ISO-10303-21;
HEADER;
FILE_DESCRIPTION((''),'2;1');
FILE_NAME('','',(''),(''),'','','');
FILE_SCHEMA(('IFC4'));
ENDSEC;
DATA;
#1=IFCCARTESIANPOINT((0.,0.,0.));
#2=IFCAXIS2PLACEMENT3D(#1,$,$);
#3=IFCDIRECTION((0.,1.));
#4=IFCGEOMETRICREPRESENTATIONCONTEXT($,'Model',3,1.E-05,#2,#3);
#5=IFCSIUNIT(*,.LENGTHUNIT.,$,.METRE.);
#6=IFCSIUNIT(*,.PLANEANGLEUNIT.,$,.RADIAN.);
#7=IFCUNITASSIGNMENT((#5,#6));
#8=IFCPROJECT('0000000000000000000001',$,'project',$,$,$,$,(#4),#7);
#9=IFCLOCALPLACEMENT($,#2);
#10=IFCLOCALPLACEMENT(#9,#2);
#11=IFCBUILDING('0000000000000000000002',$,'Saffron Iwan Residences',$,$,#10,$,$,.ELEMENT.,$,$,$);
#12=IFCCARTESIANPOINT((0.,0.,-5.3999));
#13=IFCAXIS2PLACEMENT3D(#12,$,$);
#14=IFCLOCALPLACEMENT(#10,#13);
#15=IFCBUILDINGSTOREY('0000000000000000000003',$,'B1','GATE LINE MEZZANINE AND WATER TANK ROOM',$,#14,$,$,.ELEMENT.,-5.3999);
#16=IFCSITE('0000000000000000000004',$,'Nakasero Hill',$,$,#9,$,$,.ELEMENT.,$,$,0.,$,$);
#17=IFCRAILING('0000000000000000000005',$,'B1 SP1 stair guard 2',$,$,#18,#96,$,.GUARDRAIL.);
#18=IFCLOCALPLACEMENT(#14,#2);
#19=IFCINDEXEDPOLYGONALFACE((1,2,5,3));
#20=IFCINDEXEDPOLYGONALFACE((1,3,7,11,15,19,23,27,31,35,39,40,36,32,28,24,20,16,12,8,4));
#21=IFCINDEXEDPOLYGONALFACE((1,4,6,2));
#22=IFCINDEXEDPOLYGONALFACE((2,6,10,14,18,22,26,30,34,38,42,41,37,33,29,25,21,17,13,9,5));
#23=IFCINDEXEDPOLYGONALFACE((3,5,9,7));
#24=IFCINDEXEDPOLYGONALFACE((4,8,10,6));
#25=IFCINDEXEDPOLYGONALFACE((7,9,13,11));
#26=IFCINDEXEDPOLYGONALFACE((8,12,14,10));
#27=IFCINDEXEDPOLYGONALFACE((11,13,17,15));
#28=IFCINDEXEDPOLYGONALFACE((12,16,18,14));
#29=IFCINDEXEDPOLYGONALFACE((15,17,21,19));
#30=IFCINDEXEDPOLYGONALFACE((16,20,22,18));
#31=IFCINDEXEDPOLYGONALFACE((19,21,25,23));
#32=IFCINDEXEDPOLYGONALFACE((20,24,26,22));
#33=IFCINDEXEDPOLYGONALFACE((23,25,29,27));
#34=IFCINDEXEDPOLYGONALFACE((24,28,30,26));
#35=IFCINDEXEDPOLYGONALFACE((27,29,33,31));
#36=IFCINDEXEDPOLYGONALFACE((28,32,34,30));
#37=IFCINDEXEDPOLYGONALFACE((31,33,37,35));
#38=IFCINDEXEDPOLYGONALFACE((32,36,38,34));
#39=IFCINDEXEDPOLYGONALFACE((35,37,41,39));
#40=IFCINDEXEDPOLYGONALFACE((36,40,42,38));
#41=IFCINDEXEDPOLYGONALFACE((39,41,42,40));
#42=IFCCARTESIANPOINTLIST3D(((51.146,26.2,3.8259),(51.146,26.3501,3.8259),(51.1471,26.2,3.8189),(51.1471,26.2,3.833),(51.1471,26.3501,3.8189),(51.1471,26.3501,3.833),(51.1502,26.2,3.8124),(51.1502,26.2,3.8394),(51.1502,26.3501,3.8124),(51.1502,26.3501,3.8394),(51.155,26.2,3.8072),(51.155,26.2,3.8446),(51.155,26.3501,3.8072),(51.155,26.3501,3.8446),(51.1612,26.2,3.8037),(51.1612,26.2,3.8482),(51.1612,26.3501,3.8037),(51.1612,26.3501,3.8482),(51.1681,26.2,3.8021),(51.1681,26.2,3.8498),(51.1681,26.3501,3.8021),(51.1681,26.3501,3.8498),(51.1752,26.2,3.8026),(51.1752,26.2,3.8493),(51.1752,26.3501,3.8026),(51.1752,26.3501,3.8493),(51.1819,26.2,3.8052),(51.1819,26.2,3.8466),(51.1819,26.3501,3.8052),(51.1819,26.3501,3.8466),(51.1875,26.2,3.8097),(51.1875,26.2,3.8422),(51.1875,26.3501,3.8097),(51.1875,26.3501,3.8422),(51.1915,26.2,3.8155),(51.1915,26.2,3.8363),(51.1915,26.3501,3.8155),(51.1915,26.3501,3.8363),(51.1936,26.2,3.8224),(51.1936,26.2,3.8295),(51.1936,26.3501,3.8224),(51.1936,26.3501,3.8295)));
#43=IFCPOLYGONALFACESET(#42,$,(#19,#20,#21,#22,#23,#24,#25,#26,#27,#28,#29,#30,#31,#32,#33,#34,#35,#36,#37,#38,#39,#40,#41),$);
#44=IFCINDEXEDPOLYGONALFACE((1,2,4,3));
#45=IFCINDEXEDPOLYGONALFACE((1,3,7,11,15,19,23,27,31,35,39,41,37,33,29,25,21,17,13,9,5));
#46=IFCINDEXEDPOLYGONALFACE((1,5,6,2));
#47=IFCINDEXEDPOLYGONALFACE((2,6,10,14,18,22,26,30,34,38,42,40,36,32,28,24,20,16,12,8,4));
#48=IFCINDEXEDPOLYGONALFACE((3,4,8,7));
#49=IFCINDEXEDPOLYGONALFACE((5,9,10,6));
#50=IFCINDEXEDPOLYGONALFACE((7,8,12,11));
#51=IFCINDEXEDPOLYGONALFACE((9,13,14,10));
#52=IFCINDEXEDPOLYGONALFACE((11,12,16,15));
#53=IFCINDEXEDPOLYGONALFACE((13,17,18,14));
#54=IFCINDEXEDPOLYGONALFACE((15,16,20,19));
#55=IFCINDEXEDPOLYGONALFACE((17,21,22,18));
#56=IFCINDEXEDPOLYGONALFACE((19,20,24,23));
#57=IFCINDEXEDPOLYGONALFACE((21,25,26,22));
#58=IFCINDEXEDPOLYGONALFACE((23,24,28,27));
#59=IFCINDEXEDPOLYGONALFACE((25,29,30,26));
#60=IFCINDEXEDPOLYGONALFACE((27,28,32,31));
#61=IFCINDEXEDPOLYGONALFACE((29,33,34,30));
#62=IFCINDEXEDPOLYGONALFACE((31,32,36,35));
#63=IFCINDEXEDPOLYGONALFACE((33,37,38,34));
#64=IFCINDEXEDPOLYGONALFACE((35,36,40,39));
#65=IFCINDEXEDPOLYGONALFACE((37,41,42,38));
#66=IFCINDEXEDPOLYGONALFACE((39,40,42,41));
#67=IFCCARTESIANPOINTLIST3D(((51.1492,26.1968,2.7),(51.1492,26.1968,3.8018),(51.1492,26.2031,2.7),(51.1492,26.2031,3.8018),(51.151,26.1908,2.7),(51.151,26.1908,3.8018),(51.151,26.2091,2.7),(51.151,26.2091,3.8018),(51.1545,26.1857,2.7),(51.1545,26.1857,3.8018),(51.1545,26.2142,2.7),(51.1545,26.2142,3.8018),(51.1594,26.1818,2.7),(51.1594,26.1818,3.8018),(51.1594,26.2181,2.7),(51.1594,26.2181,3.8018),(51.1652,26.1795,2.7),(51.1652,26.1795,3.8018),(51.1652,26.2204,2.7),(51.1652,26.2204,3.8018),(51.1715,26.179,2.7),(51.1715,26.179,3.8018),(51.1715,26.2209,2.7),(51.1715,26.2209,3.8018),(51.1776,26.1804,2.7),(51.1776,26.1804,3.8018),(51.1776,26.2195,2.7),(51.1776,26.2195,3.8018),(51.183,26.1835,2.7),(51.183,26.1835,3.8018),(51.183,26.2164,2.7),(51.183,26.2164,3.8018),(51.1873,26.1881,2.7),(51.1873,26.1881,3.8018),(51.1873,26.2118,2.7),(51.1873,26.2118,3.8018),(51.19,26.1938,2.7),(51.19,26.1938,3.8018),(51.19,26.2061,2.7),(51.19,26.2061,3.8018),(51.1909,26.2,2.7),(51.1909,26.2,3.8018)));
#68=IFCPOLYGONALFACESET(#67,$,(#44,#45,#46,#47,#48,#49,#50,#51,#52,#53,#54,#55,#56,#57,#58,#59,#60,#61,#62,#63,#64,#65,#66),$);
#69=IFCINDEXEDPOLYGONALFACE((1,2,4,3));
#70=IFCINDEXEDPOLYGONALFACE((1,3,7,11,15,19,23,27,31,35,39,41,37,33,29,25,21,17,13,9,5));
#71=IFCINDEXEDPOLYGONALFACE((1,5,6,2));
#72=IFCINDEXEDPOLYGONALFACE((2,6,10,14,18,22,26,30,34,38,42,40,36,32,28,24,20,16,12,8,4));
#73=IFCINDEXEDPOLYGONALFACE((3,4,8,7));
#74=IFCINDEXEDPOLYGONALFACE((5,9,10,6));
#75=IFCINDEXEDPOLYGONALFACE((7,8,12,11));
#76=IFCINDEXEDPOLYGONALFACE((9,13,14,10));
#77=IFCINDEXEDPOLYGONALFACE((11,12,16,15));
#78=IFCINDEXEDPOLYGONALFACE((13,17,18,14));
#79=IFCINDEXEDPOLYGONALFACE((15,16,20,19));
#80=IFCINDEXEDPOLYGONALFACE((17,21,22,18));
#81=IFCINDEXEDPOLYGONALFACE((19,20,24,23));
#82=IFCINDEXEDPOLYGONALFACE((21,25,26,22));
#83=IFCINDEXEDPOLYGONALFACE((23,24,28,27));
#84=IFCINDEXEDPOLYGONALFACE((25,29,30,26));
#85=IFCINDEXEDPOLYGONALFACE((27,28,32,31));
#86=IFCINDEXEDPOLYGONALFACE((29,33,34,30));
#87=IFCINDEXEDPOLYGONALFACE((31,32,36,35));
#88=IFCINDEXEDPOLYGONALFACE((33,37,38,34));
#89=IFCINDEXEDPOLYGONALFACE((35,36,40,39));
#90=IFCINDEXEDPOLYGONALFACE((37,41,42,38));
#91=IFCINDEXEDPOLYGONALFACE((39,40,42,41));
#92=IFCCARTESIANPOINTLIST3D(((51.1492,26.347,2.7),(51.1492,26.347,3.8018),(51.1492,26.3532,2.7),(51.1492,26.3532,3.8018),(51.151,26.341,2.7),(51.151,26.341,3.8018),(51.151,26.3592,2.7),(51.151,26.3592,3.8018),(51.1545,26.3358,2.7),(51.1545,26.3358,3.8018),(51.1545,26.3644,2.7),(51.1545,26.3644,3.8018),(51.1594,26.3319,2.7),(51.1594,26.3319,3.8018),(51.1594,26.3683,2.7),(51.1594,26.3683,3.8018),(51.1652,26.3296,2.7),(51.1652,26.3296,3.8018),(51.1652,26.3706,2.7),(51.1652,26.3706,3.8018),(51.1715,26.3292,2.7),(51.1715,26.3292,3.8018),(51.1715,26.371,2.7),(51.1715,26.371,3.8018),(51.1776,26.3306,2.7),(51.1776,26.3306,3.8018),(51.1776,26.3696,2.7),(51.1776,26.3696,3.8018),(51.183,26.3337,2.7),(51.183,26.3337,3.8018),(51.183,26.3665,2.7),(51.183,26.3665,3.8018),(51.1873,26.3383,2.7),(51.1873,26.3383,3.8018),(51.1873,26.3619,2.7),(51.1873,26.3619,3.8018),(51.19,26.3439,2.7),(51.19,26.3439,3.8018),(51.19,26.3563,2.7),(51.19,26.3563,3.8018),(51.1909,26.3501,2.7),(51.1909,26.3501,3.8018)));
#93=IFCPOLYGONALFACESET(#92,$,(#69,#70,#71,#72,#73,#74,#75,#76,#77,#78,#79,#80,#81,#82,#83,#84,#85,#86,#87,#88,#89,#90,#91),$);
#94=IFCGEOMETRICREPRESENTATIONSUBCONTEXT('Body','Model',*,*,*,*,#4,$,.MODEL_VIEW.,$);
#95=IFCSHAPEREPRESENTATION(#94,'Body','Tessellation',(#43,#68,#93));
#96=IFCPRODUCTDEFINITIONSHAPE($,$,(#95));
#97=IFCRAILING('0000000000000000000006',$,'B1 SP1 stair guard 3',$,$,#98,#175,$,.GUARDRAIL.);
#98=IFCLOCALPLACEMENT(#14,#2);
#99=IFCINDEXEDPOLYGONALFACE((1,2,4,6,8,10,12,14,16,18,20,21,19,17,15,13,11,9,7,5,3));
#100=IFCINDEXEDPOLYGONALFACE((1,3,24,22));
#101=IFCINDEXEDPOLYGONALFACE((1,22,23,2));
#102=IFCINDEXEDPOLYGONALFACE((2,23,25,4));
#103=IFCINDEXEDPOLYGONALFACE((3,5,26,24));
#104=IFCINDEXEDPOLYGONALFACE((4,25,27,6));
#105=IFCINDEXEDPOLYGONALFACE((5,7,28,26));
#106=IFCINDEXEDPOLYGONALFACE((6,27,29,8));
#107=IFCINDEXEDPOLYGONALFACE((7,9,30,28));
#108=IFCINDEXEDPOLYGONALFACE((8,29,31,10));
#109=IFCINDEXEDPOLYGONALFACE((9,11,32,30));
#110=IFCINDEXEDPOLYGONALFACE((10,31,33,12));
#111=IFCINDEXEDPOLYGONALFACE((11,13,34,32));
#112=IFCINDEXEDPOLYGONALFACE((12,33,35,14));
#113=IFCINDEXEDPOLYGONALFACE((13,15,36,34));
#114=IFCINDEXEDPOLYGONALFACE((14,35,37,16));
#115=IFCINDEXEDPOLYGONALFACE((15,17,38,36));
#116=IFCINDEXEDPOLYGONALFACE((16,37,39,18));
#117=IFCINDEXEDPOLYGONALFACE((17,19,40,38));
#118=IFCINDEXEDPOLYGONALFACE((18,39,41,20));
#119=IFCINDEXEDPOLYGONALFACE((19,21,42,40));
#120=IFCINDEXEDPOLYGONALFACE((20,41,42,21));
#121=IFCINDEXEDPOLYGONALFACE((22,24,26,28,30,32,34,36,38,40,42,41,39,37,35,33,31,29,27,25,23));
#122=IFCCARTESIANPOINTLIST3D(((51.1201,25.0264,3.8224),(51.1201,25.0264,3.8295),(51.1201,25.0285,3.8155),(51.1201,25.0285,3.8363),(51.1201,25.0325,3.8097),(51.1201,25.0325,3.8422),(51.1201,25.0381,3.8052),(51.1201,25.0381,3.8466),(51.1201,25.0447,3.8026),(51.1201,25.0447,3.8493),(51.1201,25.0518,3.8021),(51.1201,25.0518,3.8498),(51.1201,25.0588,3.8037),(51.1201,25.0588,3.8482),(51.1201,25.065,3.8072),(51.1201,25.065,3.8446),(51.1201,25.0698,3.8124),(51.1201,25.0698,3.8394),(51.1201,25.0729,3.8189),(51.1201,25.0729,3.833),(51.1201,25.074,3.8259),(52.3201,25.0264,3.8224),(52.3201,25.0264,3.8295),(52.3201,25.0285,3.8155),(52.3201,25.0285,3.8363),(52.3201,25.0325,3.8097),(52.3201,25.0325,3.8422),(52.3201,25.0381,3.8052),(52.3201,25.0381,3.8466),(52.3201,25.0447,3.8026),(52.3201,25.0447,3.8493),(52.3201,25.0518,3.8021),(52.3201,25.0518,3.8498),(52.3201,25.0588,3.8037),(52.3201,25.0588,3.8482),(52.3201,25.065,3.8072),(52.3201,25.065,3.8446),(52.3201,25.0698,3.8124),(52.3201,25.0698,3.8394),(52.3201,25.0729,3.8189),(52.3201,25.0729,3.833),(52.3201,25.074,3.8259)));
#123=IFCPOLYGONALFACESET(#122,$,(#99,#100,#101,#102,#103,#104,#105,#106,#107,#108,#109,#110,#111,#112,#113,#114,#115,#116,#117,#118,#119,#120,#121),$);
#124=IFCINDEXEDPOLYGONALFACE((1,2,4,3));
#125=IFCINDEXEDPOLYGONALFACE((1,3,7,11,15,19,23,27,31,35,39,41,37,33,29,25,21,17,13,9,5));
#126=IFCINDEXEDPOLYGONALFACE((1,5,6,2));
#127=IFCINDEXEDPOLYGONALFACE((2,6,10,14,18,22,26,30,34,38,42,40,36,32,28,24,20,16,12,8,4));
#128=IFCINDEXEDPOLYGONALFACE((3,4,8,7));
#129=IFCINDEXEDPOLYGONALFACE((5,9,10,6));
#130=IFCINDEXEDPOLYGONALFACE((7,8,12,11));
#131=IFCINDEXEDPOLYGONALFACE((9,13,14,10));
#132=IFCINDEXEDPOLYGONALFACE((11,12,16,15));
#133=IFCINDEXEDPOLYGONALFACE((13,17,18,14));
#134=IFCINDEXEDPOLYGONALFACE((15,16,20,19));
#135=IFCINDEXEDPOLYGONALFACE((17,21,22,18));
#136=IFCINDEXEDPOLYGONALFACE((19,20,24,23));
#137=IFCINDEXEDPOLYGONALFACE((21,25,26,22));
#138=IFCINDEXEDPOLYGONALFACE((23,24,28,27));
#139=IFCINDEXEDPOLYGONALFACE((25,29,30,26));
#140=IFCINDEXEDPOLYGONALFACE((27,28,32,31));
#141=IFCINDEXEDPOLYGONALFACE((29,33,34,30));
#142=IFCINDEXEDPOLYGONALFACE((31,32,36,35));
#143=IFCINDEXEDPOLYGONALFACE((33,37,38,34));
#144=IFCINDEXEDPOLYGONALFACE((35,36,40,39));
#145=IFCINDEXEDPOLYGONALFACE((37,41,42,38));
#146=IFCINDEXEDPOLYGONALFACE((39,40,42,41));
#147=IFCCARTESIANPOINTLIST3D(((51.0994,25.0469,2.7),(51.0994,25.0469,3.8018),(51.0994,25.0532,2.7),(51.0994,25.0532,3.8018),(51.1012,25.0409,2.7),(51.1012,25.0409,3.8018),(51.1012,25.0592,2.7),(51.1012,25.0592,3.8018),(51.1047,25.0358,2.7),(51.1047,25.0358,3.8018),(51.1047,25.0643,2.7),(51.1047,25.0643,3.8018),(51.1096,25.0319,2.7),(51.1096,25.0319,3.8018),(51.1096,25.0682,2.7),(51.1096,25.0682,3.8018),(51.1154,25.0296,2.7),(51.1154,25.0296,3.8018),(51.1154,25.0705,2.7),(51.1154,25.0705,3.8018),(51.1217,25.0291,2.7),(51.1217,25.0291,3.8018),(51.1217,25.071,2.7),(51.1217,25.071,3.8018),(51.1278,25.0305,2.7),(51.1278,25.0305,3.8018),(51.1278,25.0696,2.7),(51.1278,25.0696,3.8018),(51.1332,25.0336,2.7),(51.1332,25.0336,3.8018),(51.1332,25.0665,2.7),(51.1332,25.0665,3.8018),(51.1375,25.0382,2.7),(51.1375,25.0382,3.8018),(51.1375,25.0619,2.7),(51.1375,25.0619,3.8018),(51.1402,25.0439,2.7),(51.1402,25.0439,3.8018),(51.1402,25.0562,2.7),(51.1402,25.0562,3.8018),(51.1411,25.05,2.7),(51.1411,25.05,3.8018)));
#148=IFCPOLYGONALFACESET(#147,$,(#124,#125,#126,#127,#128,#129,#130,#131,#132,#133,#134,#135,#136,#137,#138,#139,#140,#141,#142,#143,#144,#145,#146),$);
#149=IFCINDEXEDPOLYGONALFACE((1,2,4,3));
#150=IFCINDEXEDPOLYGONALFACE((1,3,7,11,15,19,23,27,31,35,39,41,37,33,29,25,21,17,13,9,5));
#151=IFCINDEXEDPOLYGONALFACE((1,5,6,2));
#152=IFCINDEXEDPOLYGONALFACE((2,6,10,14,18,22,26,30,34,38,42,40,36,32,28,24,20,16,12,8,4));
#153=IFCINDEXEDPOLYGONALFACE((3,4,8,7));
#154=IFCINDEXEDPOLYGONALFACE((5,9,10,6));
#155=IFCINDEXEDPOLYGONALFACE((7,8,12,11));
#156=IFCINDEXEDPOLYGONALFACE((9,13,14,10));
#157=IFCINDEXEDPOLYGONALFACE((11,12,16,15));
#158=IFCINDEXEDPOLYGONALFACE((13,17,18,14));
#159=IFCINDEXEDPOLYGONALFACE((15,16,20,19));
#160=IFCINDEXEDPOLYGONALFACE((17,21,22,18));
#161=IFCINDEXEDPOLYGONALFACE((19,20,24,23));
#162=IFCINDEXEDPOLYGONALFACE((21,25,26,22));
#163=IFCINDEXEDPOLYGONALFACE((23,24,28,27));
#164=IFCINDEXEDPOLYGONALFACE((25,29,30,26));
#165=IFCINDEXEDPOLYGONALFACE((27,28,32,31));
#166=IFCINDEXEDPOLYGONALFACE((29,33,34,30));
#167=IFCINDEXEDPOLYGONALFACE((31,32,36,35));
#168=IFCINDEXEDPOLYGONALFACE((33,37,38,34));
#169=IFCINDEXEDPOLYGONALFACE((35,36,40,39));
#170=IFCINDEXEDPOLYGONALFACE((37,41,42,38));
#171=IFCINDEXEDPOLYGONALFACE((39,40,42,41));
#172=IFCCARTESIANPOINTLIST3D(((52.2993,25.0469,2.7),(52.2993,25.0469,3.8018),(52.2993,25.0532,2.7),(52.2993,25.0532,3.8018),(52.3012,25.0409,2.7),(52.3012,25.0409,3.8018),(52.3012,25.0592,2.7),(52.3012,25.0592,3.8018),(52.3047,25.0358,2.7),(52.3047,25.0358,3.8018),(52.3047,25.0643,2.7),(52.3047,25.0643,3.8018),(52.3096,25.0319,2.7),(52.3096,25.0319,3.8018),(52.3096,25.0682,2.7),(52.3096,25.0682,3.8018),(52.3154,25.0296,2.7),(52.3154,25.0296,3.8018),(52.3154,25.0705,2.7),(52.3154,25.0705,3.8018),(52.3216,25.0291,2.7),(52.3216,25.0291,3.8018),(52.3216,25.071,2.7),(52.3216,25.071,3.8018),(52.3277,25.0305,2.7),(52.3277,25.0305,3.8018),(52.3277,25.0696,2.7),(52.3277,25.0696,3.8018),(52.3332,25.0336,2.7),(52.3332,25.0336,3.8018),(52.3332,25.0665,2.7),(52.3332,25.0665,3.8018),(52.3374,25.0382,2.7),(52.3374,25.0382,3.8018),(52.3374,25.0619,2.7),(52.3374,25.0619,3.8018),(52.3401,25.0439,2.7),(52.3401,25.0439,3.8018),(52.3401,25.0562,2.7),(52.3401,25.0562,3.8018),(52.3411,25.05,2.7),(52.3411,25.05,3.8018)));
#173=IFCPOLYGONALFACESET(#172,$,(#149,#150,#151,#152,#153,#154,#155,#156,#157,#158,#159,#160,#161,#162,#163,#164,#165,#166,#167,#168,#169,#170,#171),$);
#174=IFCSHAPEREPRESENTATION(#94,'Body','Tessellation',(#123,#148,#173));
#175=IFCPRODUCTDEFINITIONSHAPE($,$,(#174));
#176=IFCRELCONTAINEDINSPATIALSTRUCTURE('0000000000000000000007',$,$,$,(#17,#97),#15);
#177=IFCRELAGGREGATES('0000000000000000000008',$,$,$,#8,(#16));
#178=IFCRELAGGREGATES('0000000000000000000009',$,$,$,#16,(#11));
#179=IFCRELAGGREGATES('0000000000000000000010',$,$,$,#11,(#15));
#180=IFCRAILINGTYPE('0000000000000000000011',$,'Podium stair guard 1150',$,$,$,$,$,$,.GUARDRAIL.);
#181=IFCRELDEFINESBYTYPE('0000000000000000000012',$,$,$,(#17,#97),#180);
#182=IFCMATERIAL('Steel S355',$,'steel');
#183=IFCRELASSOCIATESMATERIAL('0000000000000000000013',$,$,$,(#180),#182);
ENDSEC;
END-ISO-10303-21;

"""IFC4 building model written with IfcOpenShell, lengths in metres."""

from ifc_helpers import new_model, si_unit, direction, frame, origin, origin_2d, place, context, subcontext, project, spatial, circle, extrude, material, type_object, element, save


model = new_model("IFC4")

# Units and contexts
model_context = context("Model", 3, precision=1e-05, world=origin(), true_north=direction((0.0, 1.0)))
body_context = subcontext(model_context, "Body", "Model", "MODEL_VIEW")
ifc_project = project(units=[si_unit("LENGTHUNIT", "METRE"), si_unit("PLANEANGLEUNIT", "RADIAN")], contexts=[model_context])

# Site, building, storey
site_placement = place(None, origin())
site = spatial("IfcSite", under=ifc_project, at=site_placement, Name="Nakasero Hill", CompositionType="ELEMENT", RefElevation=0.0)
building_placement = place(site_placement, origin())
building = spatial("IfcBuilding", under=site, at=building_placement, Name="Saffron Iwan Residences", CompositionType="ELEMENT")
storey_placement = place(building_placement, frame((0.0, 0.0, -5.3999)))
storey = spatial("IfcBuildingStorey", under=building, at=storey_placement, Name="B1", Description="GATE LINE MEZZANINE AND WATER TANK ROOM", CompositionType="ELEMENT", Elevation=-5.3999)

# Railings
ifc_material_1 = material(Name="Steel S355", Category="steel")
railing_type_1 = type_object("IfcRailingType", Name="Podium stair guard 1150", PredefinedType="GUARDRAIL", material=ifc_material_1)
railing_1_placement = place(storey_placement, frame((51.1699, 26.2, 2.7)))
element("IfcRailing", 1, at=railing_1_placement, inside=storey, type_object=railing_type_1, Name="B1 SP1 stair guard 2", PredefinedType="GUARDRAIL", context=body_context, shape_type="SweptSolid", body=[
    extrude(circle(Radius=0.0239, at=origin_2d()), frame((0.0, 0.0, 1.126), z_axis=(0.0, 1.0, 0.0), x_axis=(-1.0, 0.0, 0.0)), (0.0, 0.0, 1.0), 0.1501),
    extrude(circle(Radius=0.021, at=origin_2d()), origin(), (0.0, 0.0, 1.0), 1.1018),
    extrude(circle(Radius=0.021, at=origin_2d()), frame((0.0, 0.1501, 0.0)), (0.0, 0.0, 1.0), 1.1018),
])
for number, where, name in (
    (2, (51.1201, 25.05, 2.7), "B1 SP1 stair guard 3"),
):
    element("IfcRailing", number, at=place(storey_placement, frame(where)), inside=storey, type_object=railing_type_1, Name=name, PredefinedType="GUARDRAIL", context=body_context, shape_type="SweptSolid", body=[
        extrude(circle(Radius=0.0239, at=origin_2d()), frame((0.0, 0.0, 1.126), z_axis=(1.0, 0.0, 0.0), x_axis=(0.0, 1.0, 0.0)), (0.0, 0.0, 1.0), 1.2),
        extrude(circle(Radius=0.021, at=origin_2d()), origin(), (0.0, 0.0, 1.0), 1.1018),
        extrude(circle(Radius=0.021, at=origin_2d()), frame((1.2, 0.0, 0.0)), (0.0, 0.0, 1.0), 1.1018),
    ])

save(model, "model.ifc")
